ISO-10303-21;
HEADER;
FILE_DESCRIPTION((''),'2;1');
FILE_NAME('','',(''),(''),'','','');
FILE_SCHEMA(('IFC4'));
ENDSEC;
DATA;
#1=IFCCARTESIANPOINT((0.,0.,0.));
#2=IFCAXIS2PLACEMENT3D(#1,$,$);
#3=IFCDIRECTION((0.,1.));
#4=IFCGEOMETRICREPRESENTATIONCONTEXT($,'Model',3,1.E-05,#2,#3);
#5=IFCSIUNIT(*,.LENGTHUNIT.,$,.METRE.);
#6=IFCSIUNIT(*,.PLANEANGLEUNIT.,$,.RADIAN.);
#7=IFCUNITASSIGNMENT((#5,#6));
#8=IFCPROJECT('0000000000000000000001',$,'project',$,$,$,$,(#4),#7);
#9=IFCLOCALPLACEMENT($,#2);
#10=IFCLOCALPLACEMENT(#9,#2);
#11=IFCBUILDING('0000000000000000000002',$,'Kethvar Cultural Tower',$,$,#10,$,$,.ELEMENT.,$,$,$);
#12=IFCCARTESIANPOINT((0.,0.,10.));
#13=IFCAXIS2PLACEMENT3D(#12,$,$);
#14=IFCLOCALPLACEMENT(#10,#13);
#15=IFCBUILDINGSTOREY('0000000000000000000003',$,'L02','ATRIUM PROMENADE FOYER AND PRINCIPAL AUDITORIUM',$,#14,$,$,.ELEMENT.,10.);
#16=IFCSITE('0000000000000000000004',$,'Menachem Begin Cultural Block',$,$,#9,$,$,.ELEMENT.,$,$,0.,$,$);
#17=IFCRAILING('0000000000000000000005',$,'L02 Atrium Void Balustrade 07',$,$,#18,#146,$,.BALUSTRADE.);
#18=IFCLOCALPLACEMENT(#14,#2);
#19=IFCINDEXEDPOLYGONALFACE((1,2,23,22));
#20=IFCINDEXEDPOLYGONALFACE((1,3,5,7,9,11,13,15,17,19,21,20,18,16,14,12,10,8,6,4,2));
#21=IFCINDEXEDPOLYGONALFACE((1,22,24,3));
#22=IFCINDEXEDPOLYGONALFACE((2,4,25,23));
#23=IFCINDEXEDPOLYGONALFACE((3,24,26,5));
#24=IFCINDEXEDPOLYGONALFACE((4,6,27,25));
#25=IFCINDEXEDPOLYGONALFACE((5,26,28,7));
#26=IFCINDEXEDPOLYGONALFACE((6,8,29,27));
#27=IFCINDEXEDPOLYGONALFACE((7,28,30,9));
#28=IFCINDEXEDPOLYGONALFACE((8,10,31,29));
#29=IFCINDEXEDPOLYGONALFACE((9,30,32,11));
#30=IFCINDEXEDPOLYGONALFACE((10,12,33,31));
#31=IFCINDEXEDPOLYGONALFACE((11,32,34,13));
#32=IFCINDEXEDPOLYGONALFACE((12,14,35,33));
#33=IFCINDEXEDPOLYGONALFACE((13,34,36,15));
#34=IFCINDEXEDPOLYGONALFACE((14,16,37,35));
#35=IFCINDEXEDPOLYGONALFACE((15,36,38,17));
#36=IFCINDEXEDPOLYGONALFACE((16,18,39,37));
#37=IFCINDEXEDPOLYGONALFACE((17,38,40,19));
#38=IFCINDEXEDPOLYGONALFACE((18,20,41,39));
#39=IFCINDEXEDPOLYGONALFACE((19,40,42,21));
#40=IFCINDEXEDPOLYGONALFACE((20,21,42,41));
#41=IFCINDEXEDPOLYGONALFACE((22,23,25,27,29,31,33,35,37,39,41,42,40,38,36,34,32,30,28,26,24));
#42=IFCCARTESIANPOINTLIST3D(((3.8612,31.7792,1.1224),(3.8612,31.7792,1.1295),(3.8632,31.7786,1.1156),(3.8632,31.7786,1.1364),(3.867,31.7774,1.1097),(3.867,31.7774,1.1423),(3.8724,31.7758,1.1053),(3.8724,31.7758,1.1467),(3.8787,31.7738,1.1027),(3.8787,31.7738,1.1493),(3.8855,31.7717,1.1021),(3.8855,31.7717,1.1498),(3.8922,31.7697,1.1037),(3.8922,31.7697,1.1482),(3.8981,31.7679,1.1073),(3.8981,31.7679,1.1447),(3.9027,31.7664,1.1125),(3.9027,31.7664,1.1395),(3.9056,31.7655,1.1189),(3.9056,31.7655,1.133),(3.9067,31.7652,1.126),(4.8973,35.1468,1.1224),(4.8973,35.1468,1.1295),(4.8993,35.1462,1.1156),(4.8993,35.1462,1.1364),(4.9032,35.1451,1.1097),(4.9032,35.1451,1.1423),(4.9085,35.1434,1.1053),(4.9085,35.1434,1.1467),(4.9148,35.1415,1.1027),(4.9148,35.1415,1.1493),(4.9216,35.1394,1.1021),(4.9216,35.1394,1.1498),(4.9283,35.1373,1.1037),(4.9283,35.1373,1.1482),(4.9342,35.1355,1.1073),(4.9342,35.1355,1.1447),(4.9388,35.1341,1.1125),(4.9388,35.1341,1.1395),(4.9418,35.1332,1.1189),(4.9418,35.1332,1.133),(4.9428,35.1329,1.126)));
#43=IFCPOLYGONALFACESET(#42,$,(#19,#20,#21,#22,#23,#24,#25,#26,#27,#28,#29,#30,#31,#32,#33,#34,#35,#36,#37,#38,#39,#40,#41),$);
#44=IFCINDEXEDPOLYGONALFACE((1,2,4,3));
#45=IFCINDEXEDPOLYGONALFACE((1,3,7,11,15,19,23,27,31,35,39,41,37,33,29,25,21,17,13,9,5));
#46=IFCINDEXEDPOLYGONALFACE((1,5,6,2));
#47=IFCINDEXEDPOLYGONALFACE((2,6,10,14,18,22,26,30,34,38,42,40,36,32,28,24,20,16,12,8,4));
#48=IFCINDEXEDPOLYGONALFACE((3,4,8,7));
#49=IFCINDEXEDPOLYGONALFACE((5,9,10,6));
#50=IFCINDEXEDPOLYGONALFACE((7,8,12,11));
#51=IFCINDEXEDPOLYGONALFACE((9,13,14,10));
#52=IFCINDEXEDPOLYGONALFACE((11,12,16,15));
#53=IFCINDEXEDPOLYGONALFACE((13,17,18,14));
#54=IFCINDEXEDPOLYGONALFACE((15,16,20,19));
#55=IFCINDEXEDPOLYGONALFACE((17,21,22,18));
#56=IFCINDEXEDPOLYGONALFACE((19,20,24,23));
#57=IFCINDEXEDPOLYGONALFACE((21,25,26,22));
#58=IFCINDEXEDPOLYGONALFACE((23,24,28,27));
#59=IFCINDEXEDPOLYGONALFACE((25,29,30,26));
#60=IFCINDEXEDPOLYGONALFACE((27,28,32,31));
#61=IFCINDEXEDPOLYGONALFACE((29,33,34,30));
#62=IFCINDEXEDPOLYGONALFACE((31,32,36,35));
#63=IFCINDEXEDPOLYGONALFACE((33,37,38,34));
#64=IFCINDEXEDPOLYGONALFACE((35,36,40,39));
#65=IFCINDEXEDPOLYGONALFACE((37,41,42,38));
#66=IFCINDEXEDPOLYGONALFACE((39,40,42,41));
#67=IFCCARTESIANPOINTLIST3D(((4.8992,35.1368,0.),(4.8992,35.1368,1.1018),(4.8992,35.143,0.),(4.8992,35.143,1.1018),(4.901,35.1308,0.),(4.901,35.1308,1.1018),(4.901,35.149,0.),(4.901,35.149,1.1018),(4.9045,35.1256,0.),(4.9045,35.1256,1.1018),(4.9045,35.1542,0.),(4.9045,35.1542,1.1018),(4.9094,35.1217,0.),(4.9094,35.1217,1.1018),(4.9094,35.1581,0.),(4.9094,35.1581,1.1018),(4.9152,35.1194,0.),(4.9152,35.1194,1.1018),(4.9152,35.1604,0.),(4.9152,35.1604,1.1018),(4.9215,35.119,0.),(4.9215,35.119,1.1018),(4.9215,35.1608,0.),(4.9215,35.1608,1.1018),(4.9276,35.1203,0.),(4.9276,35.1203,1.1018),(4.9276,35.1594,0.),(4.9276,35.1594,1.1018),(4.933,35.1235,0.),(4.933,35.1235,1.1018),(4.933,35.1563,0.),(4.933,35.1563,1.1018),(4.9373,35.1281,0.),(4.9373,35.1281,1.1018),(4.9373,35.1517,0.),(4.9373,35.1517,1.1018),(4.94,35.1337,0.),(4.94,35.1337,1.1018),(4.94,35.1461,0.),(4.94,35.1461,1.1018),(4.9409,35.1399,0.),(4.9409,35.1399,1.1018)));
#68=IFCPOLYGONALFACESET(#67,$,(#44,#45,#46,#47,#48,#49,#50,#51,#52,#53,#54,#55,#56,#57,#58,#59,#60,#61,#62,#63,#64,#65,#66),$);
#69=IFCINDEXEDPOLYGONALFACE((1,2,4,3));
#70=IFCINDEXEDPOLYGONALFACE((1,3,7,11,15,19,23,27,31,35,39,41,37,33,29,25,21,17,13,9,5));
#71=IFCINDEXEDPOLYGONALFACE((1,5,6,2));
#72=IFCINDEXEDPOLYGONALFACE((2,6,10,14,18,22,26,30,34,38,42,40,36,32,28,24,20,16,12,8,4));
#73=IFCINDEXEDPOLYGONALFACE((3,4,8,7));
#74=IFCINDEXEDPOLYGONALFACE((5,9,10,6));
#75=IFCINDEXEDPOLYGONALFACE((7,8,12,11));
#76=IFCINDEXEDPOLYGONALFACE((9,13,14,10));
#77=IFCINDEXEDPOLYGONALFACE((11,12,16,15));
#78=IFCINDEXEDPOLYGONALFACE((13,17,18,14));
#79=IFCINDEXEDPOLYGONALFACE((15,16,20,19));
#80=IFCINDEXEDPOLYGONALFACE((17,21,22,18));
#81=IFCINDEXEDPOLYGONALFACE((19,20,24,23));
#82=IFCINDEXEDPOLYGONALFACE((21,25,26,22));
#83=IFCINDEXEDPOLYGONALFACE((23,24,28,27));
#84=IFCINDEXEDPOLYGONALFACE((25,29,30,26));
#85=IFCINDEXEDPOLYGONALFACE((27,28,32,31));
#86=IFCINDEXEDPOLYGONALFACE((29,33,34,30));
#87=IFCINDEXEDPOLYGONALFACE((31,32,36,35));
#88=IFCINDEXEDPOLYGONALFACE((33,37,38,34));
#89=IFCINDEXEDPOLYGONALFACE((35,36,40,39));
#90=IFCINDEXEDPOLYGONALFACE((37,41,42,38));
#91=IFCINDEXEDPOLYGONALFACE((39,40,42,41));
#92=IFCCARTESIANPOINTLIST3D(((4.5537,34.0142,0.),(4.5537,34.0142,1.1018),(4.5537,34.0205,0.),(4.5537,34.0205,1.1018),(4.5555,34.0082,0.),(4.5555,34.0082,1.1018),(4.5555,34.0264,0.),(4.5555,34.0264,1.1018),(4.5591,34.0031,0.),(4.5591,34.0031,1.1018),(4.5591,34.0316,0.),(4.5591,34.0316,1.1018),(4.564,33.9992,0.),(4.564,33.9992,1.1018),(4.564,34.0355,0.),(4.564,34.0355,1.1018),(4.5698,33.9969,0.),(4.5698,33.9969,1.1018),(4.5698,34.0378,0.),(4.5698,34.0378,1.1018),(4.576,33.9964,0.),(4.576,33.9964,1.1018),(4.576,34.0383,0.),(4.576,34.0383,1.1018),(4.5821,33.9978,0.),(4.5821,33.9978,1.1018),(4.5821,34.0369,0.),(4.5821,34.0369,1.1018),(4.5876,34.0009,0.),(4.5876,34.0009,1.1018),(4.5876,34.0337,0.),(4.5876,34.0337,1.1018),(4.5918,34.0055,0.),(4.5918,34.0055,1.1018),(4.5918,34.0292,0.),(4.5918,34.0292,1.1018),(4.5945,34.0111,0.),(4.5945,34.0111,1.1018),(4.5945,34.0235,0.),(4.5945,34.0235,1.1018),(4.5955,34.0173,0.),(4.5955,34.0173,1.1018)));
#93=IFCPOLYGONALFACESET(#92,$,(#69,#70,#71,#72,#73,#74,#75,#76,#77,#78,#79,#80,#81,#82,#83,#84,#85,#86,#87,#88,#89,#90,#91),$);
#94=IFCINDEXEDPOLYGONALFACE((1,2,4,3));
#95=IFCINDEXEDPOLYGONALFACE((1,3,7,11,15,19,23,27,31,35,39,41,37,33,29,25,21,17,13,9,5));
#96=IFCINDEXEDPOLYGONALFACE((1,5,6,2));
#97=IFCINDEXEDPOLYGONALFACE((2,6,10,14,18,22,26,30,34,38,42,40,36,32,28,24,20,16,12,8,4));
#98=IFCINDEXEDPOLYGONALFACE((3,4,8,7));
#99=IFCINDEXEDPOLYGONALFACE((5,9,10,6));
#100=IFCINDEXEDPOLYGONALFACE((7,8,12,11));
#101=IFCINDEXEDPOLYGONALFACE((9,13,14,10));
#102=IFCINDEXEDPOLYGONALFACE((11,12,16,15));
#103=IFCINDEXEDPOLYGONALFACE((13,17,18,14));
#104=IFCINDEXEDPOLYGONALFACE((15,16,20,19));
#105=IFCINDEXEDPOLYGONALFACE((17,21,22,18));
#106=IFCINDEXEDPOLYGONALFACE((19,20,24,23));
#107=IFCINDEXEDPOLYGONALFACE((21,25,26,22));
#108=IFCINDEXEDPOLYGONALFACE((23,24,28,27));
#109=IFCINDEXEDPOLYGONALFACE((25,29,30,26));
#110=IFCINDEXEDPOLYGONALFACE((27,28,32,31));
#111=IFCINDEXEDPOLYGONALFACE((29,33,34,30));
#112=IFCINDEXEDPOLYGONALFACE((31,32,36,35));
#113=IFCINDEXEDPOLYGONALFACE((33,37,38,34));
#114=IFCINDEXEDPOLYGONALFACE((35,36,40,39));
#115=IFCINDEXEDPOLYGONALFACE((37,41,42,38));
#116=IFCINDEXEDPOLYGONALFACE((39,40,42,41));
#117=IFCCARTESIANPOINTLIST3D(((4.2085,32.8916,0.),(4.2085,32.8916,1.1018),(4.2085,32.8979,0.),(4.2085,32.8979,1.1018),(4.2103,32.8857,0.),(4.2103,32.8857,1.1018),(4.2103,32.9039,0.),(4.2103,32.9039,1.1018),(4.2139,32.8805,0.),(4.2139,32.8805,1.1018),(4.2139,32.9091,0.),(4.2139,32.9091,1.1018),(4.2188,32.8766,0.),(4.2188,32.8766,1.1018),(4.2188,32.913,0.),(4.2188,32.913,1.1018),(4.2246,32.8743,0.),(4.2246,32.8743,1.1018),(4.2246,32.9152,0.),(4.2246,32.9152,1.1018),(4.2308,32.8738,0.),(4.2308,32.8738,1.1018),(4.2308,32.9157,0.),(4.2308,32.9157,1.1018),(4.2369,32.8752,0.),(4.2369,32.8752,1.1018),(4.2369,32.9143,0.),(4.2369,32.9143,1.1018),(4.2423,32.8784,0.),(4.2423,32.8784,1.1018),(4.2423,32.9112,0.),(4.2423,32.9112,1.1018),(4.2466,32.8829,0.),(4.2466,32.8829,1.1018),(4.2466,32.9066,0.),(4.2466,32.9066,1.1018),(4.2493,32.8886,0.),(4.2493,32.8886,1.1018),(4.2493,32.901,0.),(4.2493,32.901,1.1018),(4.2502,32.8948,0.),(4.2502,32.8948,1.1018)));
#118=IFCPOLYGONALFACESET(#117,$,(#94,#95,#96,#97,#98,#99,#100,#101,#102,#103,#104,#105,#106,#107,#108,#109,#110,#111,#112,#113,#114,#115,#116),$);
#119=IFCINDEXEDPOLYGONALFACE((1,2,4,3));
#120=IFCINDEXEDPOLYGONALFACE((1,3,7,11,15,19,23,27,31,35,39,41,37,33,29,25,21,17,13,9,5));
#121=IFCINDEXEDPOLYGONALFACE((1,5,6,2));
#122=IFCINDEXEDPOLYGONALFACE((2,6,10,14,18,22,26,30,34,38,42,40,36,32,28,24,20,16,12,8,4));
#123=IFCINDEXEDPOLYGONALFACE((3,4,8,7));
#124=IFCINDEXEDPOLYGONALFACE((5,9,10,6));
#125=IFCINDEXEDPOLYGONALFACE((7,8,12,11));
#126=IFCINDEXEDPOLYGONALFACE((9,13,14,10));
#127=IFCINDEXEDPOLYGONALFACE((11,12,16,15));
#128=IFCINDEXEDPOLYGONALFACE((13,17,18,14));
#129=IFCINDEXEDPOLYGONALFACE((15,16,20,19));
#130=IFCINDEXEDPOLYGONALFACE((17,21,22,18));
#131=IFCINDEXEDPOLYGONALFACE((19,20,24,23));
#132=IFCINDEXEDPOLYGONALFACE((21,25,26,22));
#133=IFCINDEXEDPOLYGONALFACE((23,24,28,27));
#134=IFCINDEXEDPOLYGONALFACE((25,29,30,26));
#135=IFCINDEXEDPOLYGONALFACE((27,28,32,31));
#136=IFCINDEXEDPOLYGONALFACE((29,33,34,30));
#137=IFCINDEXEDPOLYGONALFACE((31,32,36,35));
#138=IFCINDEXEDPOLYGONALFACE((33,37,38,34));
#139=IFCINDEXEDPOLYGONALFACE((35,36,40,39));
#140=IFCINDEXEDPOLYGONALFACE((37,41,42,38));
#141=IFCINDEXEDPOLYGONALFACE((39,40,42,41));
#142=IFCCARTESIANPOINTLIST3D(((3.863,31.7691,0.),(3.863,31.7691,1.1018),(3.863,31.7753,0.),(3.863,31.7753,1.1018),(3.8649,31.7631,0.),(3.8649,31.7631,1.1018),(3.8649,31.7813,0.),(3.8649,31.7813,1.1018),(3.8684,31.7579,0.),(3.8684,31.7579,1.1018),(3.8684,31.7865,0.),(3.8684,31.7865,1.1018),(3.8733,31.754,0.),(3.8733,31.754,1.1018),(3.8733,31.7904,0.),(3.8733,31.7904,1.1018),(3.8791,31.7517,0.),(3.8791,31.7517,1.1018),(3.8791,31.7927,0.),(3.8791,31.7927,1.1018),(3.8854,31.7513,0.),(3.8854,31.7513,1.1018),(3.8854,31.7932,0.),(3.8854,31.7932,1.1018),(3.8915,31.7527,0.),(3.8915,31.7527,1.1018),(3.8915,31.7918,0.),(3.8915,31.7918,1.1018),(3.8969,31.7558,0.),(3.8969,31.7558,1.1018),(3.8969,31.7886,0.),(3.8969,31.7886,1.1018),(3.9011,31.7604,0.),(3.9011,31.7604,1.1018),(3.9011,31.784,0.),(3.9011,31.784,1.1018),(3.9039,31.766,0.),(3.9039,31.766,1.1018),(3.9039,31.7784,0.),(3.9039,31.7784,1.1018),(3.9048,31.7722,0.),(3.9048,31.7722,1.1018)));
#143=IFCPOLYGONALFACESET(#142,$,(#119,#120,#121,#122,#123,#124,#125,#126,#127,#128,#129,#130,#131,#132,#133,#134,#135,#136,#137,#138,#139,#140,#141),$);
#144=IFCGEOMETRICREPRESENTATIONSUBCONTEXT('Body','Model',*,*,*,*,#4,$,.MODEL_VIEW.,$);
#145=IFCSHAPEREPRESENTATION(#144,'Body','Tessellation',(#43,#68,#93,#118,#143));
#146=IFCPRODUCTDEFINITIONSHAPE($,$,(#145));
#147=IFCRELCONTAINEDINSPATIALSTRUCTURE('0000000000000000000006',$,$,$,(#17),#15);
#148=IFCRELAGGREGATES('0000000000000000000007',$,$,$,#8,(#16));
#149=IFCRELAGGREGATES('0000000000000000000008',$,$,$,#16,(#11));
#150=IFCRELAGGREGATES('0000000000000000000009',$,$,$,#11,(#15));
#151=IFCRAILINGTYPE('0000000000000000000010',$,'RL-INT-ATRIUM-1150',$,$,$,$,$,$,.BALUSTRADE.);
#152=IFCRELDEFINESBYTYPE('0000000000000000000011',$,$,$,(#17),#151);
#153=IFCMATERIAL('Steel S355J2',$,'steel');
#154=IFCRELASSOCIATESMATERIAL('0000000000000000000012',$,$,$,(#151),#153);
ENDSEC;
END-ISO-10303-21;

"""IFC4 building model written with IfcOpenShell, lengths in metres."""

from ifc_helpers import new_model, si_unit, direction, frame, origin, origin_2d, place, context, subcontext, project, spatial, circle, extrude, material, type_object, element, save


model = new_model("IFC4")

# Units and contexts
model_context = context("Model", 3, precision=1e-05, world=origin(), true_north=direction((0.0, 1.0)))
body_context = subcontext(model_context, "Body", "Model", "MODEL_VIEW")
ifc_project = project(units=[si_unit("LENGTHUNIT", "METRE"), si_unit("PLANEANGLEUNIT", "RADIAN")], contexts=[model_context])

# Site, building, storey
site_placement = place(None, origin())
site = spatial("IfcSite", under=ifc_project, at=site_placement, Name="Menachem Begin Cultural Block", CompositionType="ELEMENT", RefElevation=0.0)
building_placement = place(site_placement, origin())
building = spatial("IfcBuilding", under=site, at=building_placement, Name="Kethvar Cultural Tower", CompositionType="ELEMENT")
storey_placement = place(building_placement, frame((0.0, 0.0, 10.0)))
storey = spatial("IfcBuildingStorey", under=building, at=storey_placement, Name="L02", Description="ATRIUM PROMENADE FOYER AND PRINCIPAL AUDITORIUM", CompositionType="ELEMENT", Elevation=10.0)

# Shared definitions
ifc_material_1 = material(Name="Steel S355J2", Category="steel")

# Railing
railing_type = type_object("IfcRailingType", Name="RL-INT-ATRIUM-1150", PredefinedType="BALUSTRADE", material=ifc_material_1)
railing_1_placement = place(storey_placement, frame((4.9199, 35.1399, 0.0)))
element("IfcRailing", 1, at=railing_1_placement, inside=storey, type_object=railing_type, Name="L02 Atrium Void Balustrade 07", PredefinedType="BALUSTRADE", context=body_context, shape_type="SweptSolid", body=[
    extrude(circle(Radius=0.0239, at=origin_2d()), frame((0.0, 0.0, 1.126), z_axis=(-0.294066, -0.955785, 0.0), x_axis=(0.955785, -0.294066, 0.0)), (0.0, 0.0, 1.0), 3.5234),
    extrude(circle(Radius=0.021, at=origin_2d()), origin(), (0.0, 0.0, 1.0), 1.1018),
    extrude(circle(Radius=0.021, at=origin_2d()), frame((-0.3455, -1.1226, 0.0)), (0.0, 0.0, 1.0), 1.1018),
    extrude(circle(Radius=0.021, at=origin_2d()), frame((-0.6907, -2.2451, 0.0)), (0.0, 0.0, 1.0), 1.1018),
    extrude(circle(Radius=0.021, at=origin_2d()), frame((-1.0361, -3.3677, 0.0)), (0.0, 0.0, 1.0), 1.1018),
])

save(model, "model.ifc")
